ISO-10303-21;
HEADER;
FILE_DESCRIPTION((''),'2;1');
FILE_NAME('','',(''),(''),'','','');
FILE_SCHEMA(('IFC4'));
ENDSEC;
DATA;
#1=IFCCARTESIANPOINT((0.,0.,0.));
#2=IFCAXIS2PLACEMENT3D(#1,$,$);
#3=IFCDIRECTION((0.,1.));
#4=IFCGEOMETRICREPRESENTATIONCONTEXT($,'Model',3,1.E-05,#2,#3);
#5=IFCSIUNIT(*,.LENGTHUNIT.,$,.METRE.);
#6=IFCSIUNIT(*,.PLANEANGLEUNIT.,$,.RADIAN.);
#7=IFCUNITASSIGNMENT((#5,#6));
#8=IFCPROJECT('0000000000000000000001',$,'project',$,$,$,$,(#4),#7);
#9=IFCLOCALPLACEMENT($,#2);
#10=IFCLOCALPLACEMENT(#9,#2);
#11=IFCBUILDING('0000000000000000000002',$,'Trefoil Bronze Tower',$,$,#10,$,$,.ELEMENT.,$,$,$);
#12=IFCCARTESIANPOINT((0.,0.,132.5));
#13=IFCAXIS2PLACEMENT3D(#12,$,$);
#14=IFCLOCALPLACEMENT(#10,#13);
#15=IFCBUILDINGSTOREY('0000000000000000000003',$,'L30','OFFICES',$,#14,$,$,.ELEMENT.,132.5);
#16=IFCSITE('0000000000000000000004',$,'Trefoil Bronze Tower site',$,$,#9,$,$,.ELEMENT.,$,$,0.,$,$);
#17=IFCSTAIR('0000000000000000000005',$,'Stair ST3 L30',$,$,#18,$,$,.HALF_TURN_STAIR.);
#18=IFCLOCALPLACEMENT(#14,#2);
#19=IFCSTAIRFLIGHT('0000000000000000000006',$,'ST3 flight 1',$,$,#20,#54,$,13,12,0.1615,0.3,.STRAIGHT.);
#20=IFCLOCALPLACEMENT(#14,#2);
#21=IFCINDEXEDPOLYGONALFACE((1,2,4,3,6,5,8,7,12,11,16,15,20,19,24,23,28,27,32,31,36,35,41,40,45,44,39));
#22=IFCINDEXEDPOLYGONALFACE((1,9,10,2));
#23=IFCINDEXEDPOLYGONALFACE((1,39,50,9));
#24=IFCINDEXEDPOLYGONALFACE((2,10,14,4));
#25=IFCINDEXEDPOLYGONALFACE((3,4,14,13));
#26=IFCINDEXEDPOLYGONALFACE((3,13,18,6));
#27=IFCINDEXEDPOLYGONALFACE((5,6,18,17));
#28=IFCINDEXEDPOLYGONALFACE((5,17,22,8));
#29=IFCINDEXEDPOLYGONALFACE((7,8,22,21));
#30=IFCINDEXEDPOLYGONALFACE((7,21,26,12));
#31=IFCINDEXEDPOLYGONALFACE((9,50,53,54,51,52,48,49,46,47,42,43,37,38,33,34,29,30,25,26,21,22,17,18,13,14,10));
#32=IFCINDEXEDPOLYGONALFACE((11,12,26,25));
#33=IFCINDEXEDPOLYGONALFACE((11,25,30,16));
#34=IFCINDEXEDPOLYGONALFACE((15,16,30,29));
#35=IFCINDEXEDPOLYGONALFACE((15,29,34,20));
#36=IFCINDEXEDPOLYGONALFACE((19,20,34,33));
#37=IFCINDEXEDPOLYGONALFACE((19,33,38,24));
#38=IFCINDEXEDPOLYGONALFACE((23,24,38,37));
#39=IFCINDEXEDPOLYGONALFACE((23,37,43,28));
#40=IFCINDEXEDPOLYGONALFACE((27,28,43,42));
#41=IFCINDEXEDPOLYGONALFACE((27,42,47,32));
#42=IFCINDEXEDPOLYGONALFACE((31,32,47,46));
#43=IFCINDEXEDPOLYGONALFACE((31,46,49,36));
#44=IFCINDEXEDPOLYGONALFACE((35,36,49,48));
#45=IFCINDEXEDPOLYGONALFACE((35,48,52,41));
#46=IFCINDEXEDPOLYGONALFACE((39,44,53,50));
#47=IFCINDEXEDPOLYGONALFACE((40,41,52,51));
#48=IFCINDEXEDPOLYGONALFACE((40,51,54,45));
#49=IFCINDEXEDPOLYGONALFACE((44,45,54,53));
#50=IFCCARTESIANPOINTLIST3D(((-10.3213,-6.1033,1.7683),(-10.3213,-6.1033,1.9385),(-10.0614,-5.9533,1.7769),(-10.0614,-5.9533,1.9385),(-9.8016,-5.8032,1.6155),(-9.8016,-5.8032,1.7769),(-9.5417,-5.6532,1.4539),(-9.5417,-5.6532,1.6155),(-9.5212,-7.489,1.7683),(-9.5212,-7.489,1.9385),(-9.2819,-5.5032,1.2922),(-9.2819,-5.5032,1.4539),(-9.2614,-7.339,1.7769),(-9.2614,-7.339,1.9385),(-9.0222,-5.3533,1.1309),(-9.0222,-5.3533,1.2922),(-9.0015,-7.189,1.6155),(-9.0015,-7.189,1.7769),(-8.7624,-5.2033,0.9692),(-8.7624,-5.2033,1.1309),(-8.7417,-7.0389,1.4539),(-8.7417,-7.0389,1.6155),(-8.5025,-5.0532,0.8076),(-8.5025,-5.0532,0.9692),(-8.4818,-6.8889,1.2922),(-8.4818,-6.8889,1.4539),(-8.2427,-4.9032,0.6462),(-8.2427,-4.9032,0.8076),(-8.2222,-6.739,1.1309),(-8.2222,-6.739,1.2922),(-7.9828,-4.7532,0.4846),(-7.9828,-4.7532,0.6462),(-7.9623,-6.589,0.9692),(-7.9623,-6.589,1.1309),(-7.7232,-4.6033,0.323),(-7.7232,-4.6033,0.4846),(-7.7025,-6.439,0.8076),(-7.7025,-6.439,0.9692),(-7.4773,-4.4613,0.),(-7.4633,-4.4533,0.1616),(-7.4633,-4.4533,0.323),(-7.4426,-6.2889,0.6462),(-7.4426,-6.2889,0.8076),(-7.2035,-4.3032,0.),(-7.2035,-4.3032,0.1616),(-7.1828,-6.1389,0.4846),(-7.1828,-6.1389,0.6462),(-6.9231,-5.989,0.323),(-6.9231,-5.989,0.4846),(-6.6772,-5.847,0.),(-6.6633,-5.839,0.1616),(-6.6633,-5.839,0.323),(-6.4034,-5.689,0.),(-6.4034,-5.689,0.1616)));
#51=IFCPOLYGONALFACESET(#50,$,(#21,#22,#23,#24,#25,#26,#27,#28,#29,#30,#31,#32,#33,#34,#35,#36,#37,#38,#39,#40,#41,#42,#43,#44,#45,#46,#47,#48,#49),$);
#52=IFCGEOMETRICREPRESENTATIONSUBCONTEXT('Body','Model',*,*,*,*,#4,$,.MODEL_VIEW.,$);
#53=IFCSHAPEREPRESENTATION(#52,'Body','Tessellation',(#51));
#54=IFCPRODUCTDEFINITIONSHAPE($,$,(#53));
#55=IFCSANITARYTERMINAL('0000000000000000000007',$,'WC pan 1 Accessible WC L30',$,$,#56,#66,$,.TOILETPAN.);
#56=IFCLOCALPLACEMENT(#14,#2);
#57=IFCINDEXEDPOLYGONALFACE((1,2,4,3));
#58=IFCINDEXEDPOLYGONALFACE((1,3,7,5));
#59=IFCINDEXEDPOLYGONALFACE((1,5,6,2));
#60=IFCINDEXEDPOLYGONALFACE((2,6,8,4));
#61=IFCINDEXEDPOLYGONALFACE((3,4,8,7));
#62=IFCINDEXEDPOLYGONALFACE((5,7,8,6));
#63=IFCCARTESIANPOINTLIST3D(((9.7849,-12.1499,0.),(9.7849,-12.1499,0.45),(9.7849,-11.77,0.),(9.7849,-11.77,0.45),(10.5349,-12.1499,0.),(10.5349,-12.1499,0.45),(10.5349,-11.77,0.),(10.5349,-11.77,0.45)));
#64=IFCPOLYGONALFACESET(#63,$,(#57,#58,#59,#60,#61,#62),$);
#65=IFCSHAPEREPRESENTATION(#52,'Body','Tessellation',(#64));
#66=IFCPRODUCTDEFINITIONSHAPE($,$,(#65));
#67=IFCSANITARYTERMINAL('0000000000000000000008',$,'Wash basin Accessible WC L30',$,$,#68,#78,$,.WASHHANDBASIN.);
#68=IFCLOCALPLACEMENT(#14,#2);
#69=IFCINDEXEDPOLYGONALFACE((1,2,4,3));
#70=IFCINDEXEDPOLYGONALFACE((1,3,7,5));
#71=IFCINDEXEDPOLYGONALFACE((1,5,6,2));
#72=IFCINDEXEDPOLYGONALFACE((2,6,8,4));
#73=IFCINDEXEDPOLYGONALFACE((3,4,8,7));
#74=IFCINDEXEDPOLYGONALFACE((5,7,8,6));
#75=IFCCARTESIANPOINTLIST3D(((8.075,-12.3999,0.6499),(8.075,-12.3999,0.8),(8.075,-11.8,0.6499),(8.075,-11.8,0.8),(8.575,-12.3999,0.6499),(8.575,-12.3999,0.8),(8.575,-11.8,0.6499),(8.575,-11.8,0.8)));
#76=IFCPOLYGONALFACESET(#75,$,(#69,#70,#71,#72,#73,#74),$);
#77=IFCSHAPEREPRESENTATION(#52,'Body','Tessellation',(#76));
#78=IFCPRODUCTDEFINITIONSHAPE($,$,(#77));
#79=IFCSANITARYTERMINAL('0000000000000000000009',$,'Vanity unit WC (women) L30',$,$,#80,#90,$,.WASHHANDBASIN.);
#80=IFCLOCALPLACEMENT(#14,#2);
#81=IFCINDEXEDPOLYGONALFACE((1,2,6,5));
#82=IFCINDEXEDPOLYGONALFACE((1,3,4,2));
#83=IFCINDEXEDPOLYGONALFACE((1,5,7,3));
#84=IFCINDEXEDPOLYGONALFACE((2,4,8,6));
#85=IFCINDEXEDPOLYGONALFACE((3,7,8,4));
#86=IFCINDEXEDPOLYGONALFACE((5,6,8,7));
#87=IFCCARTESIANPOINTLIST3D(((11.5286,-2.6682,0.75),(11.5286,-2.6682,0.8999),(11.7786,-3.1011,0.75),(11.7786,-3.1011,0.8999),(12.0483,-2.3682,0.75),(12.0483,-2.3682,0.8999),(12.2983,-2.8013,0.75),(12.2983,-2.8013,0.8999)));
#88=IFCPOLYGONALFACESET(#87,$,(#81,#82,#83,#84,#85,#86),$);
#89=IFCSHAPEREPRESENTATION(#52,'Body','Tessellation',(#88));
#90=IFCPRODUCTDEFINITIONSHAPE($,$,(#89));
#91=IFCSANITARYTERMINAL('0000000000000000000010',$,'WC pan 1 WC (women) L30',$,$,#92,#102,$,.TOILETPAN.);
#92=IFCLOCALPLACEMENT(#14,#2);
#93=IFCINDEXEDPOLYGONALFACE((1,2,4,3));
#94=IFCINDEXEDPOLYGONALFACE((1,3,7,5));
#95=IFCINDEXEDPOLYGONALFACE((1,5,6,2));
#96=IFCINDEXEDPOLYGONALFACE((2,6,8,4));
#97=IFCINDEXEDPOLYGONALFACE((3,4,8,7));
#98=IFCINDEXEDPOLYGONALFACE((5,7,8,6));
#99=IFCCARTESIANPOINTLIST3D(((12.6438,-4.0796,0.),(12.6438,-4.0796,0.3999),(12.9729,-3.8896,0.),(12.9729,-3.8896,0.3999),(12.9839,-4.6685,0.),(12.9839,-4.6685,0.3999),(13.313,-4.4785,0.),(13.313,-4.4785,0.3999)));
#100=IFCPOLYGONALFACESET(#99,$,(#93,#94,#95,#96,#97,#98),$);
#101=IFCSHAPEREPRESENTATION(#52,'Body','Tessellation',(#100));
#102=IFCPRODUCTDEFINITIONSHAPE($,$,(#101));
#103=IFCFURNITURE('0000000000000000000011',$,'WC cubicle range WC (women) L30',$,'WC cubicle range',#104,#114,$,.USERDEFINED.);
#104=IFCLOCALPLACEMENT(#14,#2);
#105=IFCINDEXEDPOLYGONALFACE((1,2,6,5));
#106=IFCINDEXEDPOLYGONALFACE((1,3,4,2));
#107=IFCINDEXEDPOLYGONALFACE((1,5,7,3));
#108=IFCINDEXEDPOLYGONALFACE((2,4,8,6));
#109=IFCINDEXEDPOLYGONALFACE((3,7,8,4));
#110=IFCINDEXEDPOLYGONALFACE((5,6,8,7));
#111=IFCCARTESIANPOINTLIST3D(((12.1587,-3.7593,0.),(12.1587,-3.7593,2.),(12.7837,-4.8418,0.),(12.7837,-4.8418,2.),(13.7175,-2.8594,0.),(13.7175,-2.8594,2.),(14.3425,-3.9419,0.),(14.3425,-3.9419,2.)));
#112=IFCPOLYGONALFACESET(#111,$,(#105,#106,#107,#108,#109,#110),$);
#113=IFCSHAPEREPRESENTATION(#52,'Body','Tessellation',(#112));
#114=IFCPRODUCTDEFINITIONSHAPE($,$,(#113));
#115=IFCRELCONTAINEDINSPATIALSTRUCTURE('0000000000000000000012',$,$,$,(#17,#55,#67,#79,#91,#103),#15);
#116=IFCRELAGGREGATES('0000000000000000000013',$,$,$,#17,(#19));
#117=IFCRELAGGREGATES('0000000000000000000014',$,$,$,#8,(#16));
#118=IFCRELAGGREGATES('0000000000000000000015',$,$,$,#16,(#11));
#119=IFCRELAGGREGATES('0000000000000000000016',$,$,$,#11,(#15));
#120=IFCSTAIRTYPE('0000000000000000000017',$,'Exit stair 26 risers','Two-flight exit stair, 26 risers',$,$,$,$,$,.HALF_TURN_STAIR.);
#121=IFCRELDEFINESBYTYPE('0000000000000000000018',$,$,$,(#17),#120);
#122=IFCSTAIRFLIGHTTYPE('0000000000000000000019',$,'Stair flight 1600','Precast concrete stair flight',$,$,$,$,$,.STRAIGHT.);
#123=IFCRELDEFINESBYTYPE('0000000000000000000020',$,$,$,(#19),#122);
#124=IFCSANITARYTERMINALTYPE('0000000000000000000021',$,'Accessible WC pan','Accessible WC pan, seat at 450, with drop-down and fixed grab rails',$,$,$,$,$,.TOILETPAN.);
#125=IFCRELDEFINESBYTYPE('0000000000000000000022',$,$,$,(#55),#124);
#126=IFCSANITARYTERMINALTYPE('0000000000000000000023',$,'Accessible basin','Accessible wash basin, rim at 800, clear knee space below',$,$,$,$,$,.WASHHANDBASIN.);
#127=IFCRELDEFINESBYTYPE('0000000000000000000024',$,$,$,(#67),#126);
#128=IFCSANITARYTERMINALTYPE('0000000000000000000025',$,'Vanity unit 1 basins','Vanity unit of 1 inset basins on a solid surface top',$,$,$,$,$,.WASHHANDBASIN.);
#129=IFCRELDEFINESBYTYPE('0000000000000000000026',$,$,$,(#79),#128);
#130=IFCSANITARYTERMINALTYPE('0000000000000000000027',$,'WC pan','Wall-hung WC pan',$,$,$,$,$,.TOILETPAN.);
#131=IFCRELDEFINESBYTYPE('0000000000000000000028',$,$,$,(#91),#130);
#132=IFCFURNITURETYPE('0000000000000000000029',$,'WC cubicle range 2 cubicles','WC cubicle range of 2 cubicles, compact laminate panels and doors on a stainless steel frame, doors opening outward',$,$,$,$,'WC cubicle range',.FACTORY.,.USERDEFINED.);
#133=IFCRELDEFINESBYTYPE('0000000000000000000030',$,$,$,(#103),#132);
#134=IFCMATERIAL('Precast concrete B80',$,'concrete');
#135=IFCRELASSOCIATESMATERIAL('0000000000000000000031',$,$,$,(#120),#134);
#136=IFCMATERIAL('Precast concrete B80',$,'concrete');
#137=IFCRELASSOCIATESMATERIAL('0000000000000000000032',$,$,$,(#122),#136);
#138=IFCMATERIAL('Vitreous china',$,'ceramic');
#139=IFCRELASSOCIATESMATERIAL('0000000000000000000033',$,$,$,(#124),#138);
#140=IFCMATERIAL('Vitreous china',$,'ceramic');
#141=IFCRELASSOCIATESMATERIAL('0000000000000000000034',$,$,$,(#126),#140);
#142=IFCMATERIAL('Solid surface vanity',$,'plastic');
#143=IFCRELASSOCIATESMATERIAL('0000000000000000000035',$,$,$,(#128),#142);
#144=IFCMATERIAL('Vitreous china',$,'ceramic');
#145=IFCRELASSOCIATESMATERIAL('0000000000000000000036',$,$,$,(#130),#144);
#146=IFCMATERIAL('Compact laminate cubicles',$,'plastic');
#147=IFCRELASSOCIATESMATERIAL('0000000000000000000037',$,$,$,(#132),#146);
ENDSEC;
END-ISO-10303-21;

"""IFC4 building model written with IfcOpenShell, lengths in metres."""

from ifc_helpers import new_model, si_unit, direction, frame, origin, place, context, subcontext, project, spatial, polyline, outline, extrude, material, type_object, element, aggregate, save


model = new_model("IFC4")

# Units and contexts
model_context = context("Model", 3, precision=1e-05, world=origin(), true_north=direction((0.0, 1.0)))
body_context = subcontext(model_context, "Body", "Model", "MODEL_VIEW")
ifc_project = project(units=[si_unit("LENGTHUNIT", "METRE"), si_unit("PLANEANGLEUNIT", "RADIAN")], contexts=[model_context])

# Site, building, storey
site_placement = place(None, origin())
site = spatial("IfcSite", under=ifc_project, at=site_placement, Name="Trefoil Bronze Tower site", CompositionType="ELEMENT", RefElevation=0.0)
building_placement = place(site_placement, origin())
building = spatial("IfcBuilding", under=site, at=building_placement, Name="Trefoil Bronze Tower", CompositionType="ELEMENT")
storey_placement = place(building_placement, frame((0.0, 0.0, 132.5)))
storey = spatial("IfcBuildingStorey", under=building, at=storey_placement, Name="L30", Description="OFFICES", CompositionType="ELEMENT", Elevation=132.5)

# Stair, stair flight
ifc_material_1 = material(Name="Precast concrete B80", Category="concrete")
stair_type = type_object("IfcStairType", Name="Exit stair 26 risers", Description="Two-flight exit stair, 26 risers", PredefinedType="HALF_TURN_STAIR", material=ifc_material_1)
stair_placement = place(storey_placement, origin())
stair = element("IfcStair", 1, at=stair_placement, inside=storey, type_object=stair_type, Name="Stair ST3 L30", PredefinedType="HALF_TURN_STAIR")
ifc_material_2 = material(Name="Precast concrete B80", Category="concrete")
stair_flight_type = type_object("IfcStairFlightType", Name="Stair flight 1600", Description="Precast concrete stair flight", PredefinedType="STRAIGHT", material=ifc_material_2)
stair_flight_placement = place(storey_placement, frame((-6.8035, -4.9961, 0.0), z_axis=(0.0, 0.0, 1.0), x_axis=(-0.866025, -0.5, 0.0)))
stair_flight = element("IfcStairFlight", 2, at=stair_flight_placement, type_object=stair_flight_type, Name="ST3 flight 1", NumberOfRisers=13, NumberOfTreads=12, PredefinedType="STRAIGHT", RiserHeight=0.1615, TreadLength=0.3, context=body_context, shape_type="SweptSolid", body=[
    extrude(outline(polyline([(0.0, 0.0), (0.0, 0.1616), (0.3, 0.1616), (0.3, 0.323), (0.6001, 0.323), (0.6001, 0.4846), (0.8999, 0.4846), (0.8999, 0.6462), (1.2, 0.6462), (1.2, 0.8076), (1.5, 0.8076), (1.5, 0.9692), (1.8, 0.9692), (1.8, 1.1309), (2.1001, 1.1309), (2.1001, 1.2922), (2.3999, 1.2922), (2.3999, 1.4539), (2.7, 1.4539), (2.7, 1.6155), (3.0, 1.6155), (3.0, 1.7769), (3.3, 1.7769), (3.3, 1.9385), (3.6001, 1.9385), (3.6001, 2.1001), (3.6001, 1.7683), (0.3162, 0.0), (0.0, 0.0)])), frame((0.0, 0.8, 0.0), z_axis=(0.0, -1.0, 0.0), x_axis=(1.0, 0.0, 0.0)), (0.0, 0.0, 1.0), 1.6001),
])
aggregate(stair, [stair_flight])

# Sanitary terminals
ifc_material_3 = material(Name="Vitreous china", Category="ceramic")
sanitary_terminal_type_1 = type_object("IfcSanitaryTerminalType", Name="Accessible WC pan", Description="Accessible WC pan, seat at 450, with drop-down and fixed grab rails", PredefinedType="TOILETPAN", material=ifc_material_3)
sanitary_terminal_1_placement = place(storey_placement, origin())
element("IfcSanitaryTerminal", 3, at=sanitary_terminal_1_placement, inside=storey, type_object=sanitary_terminal_type_1, Name="WC pan 1 Accessible WC L30", PredefinedType="TOILETPAN", context=body_context, shape_type="SweptSolid", body=[
    extrude(outline(polyline([(9.7849, -11.77), (10.5349, -11.77), (10.5349, -12.1499), (9.7849, -12.1499), (9.7849, -11.77)])), origin(), (0.0, 0.0, 1.0), 0.45),
])
ifc_material_4 = material(Name="Vitreous china", Category="ceramic")
sanitary_terminal_type_2 = type_object("IfcSanitaryTerminalType", Name="Accessible basin", Description="Accessible wash basin, rim at 800, clear knee space below", PredefinedType="WASHHANDBASIN", material=ifc_material_4)
sanitary_terminal_2_placement = place(storey_placement, frame((0.0, 0.0, 0.6499)))
element("IfcSanitaryTerminal", 4, at=sanitary_terminal_2_placement, inside=storey, type_object=sanitary_terminal_type_2, Name="Wash basin Accessible WC L30", PredefinedType="WASHHANDBASIN", context=body_context, shape_type="SweptSolid", body=[
    extrude(outline(polyline([(8.075, -11.8), (8.575, -11.8), (8.575, -12.3999), (8.075, -12.3999), (8.075, -11.8)])), origin(), (0.0, 0.0, 1.0), 0.1501),
])
ifc_material_5 = material(Name="Solid surface vanity", Category="plastic")
sanitary_terminal_type_3 = type_object("IfcSanitaryTerminalType", Name="Vanity unit 1 basins", Description="Vanity unit of 1 inset basins on a solid surface top", PredefinedType="WASHHANDBASIN", material=ifc_material_5)
sanitary_terminal_3_placement = place(storey_placement, frame((0.0, 0.0, 0.75)))
element("IfcSanitaryTerminal", 5, at=sanitary_terminal_3_placement, inside=storey, type_object=sanitary_terminal_type_3, Name="Vanity unit WC (women) L30", PredefinedType="WASHHANDBASIN", context=body_context, shape_type="SweptSolid", body=[
    extrude(outline(polyline([(11.5286, -2.6682), (11.7786, -3.1011), (12.2983, -2.8013), (12.0483, -2.3682), (11.5286, -2.6682)])), origin(), (0.0, 0.0, 1.0), 0.1499),
])
ifc_material_6 = material(Name="Vitreous china", Category="ceramic")
sanitary_terminal_type_4 = type_object("IfcSanitaryTerminalType", Name="WC pan", Description="Wall-hung WC pan", PredefinedType="TOILETPAN", material=ifc_material_6)
sanitary_terminal_4_placement = place(storey_placement, origin())
element("IfcSanitaryTerminal", 6, at=sanitary_terminal_4_placement, inside=storey, type_object=sanitary_terminal_type_4, Name="WC pan 1 WC (women) L30", PredefinedType="TOILETPAN", context=body_context, shape_type="SweptSolid", body=[
    extrude(outline(polyline([(12.6438, -4.0796), (12.9839, -4.6685), (13.313, -4.4785), (12.9729, -3.8896), (12.6438, -4.0796)])), origin(), (0.0, 0.0, 1.0), 0.3999),
])

# Furniture
ifc_material_7 = material(Name="Compact laminate cubicles", Category="plastic")
furniture_type = type_object("IfcFurnitureType", Name="WC cubicle range 2 cubicles", Description="WC cubicle range of 2 cubicles, compact laminate panels and doors on a stainless steel frame, doors opening outward", ElementType="WC cubicle range", AssemblyPlace="FACTORY", PredefinedType="USERDEFINED", material=ifc_material_7)
furniture_placement = place(storey_placement, origin())
element("IfcFurniture", 7, at=furniture_placement, inside=storey, type_object=furniture_type, Name="WC cubicle range WC (women) L30", ObjectType="WC cubicle range", PredefinedType="USERDEFINED", context=body_context, shape_type="SweptSolid", body=[
    extrude(outline(polyline([(12.1587, -3.7593), (12.7837, -4.8418), (14.3425, -3.9419), (13.7175, -2.8594), (12.1587, -3.7593)])), origin(), (0.0, 0.0, 1.0), 2.0),
])

save(model, "model.ifc")
